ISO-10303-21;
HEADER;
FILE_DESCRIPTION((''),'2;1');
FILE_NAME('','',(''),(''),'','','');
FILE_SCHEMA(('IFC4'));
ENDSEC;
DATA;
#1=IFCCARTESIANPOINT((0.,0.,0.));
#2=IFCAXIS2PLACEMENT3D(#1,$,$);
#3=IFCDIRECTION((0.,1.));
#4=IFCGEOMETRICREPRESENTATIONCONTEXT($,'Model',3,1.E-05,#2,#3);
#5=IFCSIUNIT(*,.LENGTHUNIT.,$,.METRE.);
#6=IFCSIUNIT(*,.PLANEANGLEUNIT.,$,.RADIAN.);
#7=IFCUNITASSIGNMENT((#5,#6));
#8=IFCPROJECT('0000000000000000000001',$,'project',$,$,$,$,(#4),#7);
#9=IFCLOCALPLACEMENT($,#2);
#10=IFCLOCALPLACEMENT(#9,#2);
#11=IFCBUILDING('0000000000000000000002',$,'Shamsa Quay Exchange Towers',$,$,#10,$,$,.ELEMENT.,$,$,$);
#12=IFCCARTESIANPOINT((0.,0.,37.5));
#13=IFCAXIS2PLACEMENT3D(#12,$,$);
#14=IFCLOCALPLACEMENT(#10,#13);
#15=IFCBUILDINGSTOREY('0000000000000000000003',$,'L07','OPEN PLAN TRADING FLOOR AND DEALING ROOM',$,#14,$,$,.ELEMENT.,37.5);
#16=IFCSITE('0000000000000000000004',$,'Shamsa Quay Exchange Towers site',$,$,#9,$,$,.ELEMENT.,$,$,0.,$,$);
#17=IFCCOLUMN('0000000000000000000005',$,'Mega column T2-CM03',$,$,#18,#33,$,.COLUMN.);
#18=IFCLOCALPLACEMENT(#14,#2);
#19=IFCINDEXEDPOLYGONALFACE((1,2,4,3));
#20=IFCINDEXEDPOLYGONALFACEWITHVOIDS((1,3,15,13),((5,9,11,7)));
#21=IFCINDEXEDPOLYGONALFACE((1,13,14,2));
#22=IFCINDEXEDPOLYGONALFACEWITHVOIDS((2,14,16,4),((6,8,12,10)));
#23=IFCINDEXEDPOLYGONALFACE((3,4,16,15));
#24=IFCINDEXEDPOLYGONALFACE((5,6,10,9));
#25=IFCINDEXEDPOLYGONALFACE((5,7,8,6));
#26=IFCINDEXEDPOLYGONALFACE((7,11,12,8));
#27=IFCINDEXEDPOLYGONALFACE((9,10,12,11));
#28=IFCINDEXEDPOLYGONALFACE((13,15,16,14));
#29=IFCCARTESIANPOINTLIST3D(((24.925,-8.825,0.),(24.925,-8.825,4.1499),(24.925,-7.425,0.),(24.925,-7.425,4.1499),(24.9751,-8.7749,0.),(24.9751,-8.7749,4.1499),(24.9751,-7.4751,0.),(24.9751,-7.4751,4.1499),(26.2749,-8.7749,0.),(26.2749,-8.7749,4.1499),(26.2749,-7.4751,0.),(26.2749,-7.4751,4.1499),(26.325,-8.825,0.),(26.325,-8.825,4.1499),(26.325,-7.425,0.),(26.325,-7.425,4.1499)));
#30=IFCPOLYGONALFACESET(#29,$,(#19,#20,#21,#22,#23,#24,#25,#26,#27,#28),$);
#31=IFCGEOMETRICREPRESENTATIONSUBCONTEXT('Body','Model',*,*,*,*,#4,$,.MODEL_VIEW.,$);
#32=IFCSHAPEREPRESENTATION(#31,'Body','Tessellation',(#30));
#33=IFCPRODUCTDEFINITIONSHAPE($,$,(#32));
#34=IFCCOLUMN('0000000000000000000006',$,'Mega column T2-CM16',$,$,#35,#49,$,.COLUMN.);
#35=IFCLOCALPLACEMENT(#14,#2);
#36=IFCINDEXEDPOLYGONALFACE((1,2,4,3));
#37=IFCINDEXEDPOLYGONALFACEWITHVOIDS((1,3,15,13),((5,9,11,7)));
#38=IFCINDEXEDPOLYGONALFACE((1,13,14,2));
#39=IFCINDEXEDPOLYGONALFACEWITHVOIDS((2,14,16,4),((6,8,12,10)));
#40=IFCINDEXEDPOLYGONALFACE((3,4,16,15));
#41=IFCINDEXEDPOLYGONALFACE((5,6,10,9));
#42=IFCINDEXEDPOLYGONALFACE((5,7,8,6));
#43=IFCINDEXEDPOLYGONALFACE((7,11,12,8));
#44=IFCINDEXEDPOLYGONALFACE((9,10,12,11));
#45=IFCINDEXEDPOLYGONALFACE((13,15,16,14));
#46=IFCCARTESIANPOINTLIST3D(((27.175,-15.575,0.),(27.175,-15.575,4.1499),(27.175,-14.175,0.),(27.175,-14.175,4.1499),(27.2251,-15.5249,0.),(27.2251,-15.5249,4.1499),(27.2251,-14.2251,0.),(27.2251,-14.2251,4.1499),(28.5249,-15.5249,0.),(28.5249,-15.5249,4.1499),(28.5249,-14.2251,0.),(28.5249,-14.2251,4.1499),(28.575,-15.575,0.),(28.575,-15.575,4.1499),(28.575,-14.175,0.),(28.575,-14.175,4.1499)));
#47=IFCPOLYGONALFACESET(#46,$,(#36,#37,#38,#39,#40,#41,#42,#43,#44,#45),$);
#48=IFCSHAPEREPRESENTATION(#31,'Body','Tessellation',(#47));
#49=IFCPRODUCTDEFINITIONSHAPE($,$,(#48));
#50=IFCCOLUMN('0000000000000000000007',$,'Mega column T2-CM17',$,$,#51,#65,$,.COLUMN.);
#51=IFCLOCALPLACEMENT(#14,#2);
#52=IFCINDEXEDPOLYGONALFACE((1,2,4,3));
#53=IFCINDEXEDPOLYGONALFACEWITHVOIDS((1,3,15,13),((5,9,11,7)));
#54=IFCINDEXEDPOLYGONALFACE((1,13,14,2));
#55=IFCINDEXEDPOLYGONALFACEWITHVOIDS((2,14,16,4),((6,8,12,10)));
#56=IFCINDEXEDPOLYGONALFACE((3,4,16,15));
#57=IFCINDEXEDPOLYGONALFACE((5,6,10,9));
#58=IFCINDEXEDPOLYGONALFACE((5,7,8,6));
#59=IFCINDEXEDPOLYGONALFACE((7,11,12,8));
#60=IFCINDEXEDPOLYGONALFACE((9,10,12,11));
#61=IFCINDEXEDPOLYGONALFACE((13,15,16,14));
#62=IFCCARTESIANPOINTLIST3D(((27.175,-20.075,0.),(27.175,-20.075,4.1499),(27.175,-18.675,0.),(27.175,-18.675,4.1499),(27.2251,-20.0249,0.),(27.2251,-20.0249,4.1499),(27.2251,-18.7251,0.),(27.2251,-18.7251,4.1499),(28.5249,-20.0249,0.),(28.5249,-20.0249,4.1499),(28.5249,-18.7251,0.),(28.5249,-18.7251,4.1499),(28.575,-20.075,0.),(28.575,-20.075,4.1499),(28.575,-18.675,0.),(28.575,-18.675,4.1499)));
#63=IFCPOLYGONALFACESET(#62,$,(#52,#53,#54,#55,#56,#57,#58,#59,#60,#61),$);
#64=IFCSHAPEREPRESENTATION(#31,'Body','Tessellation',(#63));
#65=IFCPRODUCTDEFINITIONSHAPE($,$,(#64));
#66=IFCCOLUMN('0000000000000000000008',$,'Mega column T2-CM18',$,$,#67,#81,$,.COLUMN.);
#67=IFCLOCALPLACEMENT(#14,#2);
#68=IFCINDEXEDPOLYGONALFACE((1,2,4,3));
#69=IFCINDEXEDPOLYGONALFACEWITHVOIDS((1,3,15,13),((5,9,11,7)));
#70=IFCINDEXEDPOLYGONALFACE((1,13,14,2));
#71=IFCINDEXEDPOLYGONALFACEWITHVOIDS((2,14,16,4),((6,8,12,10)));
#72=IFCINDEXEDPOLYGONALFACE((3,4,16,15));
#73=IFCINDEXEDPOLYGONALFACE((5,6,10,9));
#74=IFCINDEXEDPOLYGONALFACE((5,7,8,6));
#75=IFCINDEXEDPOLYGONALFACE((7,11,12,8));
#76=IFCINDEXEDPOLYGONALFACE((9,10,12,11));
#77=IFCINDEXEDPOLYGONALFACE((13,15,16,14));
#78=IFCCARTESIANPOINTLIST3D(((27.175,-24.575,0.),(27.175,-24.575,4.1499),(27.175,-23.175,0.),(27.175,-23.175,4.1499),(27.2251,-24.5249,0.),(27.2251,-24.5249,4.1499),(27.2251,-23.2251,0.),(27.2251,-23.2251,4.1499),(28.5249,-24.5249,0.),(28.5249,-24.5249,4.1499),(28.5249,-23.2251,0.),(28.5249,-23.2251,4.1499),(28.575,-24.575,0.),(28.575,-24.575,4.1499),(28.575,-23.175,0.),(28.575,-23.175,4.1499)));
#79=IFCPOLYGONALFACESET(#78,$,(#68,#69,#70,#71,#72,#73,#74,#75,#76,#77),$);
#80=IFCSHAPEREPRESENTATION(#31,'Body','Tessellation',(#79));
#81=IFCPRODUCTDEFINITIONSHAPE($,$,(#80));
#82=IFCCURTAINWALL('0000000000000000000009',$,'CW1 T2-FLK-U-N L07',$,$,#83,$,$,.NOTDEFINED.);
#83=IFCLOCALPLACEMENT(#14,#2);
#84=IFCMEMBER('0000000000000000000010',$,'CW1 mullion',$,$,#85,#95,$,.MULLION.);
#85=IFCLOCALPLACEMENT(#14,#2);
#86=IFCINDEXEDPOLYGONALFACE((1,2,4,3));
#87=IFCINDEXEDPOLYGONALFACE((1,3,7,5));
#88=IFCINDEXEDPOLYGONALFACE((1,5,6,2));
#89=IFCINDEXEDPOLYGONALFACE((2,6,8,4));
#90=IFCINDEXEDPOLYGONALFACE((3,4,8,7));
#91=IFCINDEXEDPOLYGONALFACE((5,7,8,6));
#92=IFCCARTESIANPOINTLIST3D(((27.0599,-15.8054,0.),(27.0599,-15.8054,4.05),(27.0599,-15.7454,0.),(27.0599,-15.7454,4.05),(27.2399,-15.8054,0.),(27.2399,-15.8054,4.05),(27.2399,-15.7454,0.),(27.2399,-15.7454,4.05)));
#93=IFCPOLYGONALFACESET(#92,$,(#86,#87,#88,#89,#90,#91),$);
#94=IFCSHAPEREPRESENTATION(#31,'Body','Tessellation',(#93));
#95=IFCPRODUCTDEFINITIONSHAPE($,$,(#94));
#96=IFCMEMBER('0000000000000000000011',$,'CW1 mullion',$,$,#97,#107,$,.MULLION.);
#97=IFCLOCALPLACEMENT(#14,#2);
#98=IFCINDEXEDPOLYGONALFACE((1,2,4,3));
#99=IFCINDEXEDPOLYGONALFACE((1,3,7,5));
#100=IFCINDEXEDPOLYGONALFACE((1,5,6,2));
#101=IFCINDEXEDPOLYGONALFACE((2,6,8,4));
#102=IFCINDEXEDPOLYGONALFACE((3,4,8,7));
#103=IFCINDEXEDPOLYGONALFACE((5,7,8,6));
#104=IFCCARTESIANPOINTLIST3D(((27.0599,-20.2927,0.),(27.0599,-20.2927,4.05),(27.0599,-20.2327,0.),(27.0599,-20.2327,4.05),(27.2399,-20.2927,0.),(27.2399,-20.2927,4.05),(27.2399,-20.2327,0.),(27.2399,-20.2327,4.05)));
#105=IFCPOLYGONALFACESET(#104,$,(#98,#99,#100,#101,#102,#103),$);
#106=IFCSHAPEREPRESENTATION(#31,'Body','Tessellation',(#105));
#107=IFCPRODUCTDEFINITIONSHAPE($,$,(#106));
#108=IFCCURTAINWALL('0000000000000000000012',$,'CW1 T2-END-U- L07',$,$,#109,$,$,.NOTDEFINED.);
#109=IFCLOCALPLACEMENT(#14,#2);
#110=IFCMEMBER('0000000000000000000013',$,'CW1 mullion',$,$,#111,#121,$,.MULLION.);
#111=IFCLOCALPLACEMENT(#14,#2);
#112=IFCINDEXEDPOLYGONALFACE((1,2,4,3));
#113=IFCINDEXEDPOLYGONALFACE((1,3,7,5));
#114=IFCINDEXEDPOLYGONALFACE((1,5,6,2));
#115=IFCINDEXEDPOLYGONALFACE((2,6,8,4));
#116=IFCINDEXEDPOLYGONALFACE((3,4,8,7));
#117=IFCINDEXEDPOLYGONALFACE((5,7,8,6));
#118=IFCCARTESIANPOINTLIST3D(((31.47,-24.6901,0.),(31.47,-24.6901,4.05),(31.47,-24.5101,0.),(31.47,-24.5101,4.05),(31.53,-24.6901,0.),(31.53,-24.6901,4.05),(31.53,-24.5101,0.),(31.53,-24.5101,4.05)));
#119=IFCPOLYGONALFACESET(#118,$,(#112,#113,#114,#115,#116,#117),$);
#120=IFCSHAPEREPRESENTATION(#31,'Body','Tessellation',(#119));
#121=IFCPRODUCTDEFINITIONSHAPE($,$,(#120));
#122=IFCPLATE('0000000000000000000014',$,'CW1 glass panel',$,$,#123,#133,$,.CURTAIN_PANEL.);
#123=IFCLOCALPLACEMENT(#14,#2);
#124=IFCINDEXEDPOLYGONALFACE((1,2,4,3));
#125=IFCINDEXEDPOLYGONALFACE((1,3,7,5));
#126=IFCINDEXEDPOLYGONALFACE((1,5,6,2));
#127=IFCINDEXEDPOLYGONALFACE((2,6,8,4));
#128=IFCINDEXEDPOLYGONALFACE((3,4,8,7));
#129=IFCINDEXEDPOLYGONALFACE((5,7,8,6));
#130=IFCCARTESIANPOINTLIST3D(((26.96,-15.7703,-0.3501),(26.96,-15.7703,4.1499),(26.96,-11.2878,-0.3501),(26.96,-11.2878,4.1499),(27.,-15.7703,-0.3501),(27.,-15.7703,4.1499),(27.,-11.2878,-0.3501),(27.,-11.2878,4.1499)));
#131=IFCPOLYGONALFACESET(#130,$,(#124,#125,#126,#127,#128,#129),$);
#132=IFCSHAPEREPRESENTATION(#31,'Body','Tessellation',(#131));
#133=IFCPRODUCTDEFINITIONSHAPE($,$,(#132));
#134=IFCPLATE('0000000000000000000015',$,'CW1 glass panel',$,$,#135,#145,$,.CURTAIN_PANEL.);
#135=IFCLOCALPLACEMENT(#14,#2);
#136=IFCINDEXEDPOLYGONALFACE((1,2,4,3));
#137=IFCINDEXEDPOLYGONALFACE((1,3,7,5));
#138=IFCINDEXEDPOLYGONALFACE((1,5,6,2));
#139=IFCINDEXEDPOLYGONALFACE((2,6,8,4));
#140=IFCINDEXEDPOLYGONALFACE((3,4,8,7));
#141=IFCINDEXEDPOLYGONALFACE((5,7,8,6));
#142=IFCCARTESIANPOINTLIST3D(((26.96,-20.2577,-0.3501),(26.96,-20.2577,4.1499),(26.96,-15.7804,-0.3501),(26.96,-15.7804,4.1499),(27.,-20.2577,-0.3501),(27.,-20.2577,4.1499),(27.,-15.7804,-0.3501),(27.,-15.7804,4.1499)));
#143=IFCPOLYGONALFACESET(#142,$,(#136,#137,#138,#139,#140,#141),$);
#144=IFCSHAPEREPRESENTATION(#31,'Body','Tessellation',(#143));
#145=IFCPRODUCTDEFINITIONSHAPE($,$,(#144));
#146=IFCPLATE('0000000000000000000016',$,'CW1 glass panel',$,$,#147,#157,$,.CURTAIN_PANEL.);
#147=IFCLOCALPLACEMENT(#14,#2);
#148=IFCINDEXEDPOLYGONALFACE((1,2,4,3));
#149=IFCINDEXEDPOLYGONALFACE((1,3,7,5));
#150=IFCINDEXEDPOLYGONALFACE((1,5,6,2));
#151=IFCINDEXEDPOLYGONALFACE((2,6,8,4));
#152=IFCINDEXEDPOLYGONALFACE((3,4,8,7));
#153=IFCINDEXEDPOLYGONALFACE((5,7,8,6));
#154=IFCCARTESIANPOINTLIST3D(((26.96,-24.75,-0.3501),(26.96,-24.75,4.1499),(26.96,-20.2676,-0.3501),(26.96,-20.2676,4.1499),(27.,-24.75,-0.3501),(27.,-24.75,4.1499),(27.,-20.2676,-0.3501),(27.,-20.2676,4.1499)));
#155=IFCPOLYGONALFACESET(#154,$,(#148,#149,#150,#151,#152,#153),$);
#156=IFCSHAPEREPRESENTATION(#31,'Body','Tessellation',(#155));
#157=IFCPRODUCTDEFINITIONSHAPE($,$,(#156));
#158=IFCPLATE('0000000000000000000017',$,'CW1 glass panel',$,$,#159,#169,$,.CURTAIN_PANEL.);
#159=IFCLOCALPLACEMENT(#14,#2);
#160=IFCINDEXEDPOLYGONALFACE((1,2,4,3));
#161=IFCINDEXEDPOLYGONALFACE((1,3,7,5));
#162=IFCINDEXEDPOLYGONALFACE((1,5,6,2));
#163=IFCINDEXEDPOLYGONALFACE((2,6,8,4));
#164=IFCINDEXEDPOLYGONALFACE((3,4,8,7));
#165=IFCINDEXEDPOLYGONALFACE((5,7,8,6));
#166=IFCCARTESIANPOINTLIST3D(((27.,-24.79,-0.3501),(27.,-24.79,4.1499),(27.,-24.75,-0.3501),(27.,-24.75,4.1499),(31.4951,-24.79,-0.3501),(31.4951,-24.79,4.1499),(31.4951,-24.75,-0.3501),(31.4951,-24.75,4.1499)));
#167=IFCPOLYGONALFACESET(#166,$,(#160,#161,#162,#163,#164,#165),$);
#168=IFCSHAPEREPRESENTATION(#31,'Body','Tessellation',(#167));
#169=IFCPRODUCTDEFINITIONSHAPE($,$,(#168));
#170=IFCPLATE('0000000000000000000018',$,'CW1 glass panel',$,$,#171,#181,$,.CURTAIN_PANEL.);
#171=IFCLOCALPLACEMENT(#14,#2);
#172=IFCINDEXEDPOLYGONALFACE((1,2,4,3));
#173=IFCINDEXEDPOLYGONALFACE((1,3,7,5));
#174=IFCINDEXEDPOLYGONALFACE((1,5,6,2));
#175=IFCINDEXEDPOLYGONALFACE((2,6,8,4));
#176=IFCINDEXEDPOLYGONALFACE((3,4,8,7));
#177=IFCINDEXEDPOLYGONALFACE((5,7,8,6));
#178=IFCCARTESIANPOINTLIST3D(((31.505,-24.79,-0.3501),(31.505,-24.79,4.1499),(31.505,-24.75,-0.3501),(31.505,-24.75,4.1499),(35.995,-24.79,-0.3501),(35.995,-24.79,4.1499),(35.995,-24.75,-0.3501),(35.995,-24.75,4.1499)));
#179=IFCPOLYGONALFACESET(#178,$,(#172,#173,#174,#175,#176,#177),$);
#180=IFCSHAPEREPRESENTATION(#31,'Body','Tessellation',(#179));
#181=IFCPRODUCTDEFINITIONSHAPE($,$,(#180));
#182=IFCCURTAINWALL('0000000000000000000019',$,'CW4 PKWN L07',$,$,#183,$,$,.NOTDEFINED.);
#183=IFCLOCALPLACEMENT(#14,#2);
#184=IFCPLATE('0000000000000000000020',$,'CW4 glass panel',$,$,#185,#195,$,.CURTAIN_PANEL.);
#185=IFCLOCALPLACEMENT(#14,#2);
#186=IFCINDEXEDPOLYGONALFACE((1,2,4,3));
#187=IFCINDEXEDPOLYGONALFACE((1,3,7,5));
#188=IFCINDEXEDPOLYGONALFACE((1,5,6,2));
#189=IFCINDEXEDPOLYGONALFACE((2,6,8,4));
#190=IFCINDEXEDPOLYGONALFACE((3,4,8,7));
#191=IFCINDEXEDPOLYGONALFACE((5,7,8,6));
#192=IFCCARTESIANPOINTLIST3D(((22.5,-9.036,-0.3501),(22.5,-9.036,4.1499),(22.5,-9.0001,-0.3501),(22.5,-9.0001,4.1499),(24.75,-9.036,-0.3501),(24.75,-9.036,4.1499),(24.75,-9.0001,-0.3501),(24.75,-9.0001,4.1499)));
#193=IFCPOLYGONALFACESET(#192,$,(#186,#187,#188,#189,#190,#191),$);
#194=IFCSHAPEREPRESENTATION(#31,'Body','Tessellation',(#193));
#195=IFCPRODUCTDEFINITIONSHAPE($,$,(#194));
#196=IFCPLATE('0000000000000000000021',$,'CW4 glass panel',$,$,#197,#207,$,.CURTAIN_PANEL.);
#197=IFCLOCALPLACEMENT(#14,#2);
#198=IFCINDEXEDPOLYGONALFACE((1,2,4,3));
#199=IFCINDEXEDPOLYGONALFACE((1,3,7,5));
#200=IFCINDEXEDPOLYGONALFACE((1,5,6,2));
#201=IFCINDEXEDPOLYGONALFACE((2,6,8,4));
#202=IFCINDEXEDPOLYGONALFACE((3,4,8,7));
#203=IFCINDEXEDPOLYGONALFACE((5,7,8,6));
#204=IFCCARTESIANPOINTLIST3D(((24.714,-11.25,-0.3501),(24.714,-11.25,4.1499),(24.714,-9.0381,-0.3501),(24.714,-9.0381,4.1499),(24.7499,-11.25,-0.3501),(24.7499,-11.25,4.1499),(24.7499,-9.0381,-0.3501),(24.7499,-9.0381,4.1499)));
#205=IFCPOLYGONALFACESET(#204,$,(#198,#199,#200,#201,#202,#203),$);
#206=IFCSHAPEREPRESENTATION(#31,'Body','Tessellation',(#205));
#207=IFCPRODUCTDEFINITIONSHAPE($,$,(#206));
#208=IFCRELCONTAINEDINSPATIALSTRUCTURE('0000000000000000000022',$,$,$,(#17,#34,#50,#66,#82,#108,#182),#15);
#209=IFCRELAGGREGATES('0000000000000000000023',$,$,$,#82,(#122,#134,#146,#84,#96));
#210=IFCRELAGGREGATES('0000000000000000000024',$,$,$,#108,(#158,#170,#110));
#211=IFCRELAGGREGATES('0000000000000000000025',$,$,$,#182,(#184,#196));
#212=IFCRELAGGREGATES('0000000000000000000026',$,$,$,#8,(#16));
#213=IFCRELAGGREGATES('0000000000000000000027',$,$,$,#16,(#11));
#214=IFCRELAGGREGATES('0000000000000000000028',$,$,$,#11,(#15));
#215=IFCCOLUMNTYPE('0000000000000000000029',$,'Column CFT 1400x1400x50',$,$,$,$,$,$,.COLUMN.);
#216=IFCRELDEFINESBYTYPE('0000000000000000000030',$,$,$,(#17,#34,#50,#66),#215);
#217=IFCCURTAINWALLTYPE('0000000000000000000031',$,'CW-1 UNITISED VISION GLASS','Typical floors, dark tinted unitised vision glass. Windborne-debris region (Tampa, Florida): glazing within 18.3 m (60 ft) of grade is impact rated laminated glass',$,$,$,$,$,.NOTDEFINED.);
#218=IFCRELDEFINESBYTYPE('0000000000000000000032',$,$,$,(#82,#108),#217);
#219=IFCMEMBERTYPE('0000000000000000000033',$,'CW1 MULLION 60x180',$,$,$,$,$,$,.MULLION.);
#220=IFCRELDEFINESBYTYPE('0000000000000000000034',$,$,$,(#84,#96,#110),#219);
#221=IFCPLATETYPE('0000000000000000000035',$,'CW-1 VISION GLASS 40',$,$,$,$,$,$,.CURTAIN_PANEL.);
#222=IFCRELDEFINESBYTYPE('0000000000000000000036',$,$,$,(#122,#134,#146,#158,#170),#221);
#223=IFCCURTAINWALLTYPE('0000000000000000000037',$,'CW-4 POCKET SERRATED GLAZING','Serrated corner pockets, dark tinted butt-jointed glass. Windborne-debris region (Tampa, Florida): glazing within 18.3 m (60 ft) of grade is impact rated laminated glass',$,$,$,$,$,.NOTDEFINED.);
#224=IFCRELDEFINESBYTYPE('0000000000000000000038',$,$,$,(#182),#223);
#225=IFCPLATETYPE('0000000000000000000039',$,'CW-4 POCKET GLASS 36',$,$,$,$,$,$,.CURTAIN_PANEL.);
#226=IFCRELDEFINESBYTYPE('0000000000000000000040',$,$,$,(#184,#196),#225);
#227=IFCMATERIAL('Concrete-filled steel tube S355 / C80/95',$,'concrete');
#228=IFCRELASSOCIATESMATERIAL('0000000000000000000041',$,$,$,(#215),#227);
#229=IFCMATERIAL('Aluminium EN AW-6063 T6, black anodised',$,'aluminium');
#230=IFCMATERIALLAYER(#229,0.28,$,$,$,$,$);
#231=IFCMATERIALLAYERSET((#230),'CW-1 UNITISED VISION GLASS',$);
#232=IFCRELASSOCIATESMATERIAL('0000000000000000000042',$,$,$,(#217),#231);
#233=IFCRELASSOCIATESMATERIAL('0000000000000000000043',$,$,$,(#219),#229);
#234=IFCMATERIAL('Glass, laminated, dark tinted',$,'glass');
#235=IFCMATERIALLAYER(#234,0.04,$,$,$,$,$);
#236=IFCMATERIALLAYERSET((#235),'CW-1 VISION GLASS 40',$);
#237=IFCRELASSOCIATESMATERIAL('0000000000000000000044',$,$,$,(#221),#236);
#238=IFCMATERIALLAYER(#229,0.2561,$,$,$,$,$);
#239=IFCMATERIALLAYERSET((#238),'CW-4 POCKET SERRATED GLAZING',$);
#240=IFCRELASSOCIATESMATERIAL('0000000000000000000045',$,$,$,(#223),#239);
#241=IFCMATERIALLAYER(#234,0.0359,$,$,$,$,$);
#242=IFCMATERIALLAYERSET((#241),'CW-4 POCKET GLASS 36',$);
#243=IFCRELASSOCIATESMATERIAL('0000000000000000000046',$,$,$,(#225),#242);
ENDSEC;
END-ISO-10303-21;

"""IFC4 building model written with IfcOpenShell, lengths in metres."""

from ifc_helpers import new_model, si_unit, direction, frame, origin, origin_2d, place, context, subcontext, project, spatial, rectangle, hollow_rectangle, extrude, material, layer, layer_set, material_profile, profile_set, type_object, element, aggregate, save


model = new_model("IFC4")

# Units and contexts
model_context = context("Model", 3, precision=1e-05, world=origin(), true_north=direction((0.0, 1.0)))
body_context = subcontext(model_context, "Body", "Model", "MODEL_VIEW")
ifc_project = project(units=[si_unit("LENGTHUNIT", "METRE"), si_unit("PLANEANGLEUNIT", "RADIAN")], contexts=[model_context])

# Site, building, storey
site_placement = place(None, origin())
site = spatial("IfcSite", under=ifc_project, at=site_placement, Name="Shamsa Quay Exchange Towers site", CompositionType="ELEMENT", RefElevation=0.0)
building_placement = place(site_placement, origin())
building = spatial("IfcBuilding", under=site, at=building_placement, Name="Shamsa Quay Exchange Towers", CompositionType="ELEMENT")
storey_placement = place(building_placement, frame((0.0, 0.0, 37.5)))
storey = spatial("IfcBuildingStorey", under=building, at=storey_placement, Name="L07", Description="OPEN PLAN TRADING FLOOR AND DEALING ROOM", CompositionType="ELEMENT", Elevation=37.5)

# Columns
ifc_material_1 = material(Name="Concrete-filled steel tube S355 / C80/95", Category="concrete")
ifc_material_profile_1 = material_profile(ifc_material_1, hollow_rectangle(XDim=1.3999, YDim=1.3999, WallThickness=0.05, at=origin_2d()), Name="CFT 1400x1400x50")
ifc_profile_set_1 = profile_set([ifc_material_profile_1], Name="Concrete-filled steel tube S355 / C80/95")
column_type = type_object("IfcColumnType", Name="Column CFT 1400x1400x50", PredefinedType="COLUMN", material=ifc_profile_set_1)
for number, where, name in (
    (1, (25.625, -8.125, 0.0), "Mega column T2-CM03"),
    (2, (27.875, -14.875, 0.0), "Mega column T2-CM16"),
    (3, (27.875, -19.375, 0.0), "Mega column T2-CM17"),
    (4, (27.875, -23.875, 0.0), "Mega column T2-CM18"),
):
    element("IfcColumn", number, at=place(storey_placement, frame(where)), inside=storey, type_object=column_type, Name=name, PredefinedType="COLUMN", context=body_context, shape_type="SweptSolid", body=[
        extrude(hollow_rectangle(XDim=1.3999, YDim=1.3999, WallThickness=0.05, at=origin_2d()), origin(), (0.0, 0.0, 1.0), 4.1499),
    ])

# Curtain wall, members
ifc_material_2 = material(Name="Aluminium EN AW-6063 T6, black anodised", Category="aluminium")
ifc_layer_1 = layer(ifc_material_2, 0.28)
ifc_layer_set_1 = layer_set([ifc_layer_1], Name="CW-1 UNITISED VISION GLASS")
curtain_wall_type_1 = type_object("IfcCurtainWallType", Name="CW-1 UNITISED VISION GLASS", Description="Typical floors, dark tinted unitised vision glass. Windborne-debris region (Tampa, Florida): glazing within 18.3 m (60 ft) of grade is impact rated laminated glass", PredefinedType="NOTDEFINED", material=ifc_layer_set_1)
curtain_wall_1_placement = place(storey_placement, origin())
curtain_wall_1 = element("IfcCurtainWall", 5, at=curtain_wall_1_placement, inside=storey, type_object=curtain_wall_type_1, Name="CW1 T2-FLK-U-N L07", PredefinedType="NOTDEFINED")
ifc_material_profile_2 = material_profile(ifc_material_2, rectangle(XDim=0.1799, YDim=0.0601, at=origin_2d()), Name="MU60x180")
ifc_profile_set_2 = profile_set([ifc_material_profile_2], Name="Aluminium EN AW-6063 T6, black anodised")
member_type = type_object("IfcMemberType", Name="CW1 MULLION 60x180", PredefinedType="MULLION", material=ifc_profile_set_2)
member_1_placement = place(storey_placement, frame((27.1499, -15.7754, 0.0)))
member_1 = element("IfcMember", 6, at=member_1_placement, type_object=member_type, Name="CW1 mullion", PredefinedType="MULLION", context=body_context, shape_type="SweptSolid", body=[
    extrude(rectangle(XDim=0.1799, YDim=0.0601, at=origin_2d()), origin(), (0.0, 0.0, 1.0), 4.05),
])
member_2_placement = place(storey_placement, frame((27.1499, -20.2627, 0.0)))
member_2 = element("IfcMember", 7, at=member_2_placement, type_object=member_type, Name="CW1 mullion", PredefinedType="MULLION", context=body_context, shape_type="SweptSolid", body=[
    extrude(rectangle(XDim=0.1799, YDim=0.0601, at=origin_2d()), origin(), (0.0, 0.0, 1.0), 4.05),
])

# Curtain wall, member
curtain_wall_2_placement = place(storey_placement, origin())
curtain_wall_2 = element("IfcCurtainWall", 8, at=curtain_wall_2_placement, inside=storey, type_object=curtain_wall_type_1, Name="CW1 T2-END-U- L07", PredefinedType="NOTDEFINED")
member_3_placement = place(storey_placement, frame((31.5, -24.6001, 0.0), z_axis=(0.0, 0.0, 1.0), x_axis=(0.0, 1.0, 0.0)))
member_3 = element("IfcMember", 9, at=member_3_placement, type_object=member_type, Name="CW1 mullion", PredefinedType="MULLION", context=body_context, shape_type="SweptSolid", body=[
    extrude(rectangle(XDim=0.1799, YDim=0.0601, at=origin_2d()), origin(), (0.0, 0.0, 1.0), 4.05),
])

# Plates
ifc_material_3 = material(Name="Glass, laminated, dark tinted", Category="glass")
ifc_layer_2 = layer(ifc_material_3, 0.04)
ifc_layer_set_2 = layer_set([ifc_layer_2], Name="CW-1 VISION GLASS 40")
plate_type_1 = type_object("IfcPlateType", Name="CW-1 VISION GLASS 40", PredefinedType="CURTAIN_PANEL", material=ifc_layer_set_2)
plate_1_placement = place(storey_placement, frame((26.98, -13.5291, -0.3501), z_axis=(0.0, 0.0, 1.0), x_axis=(0.0, -1.0, 0.0)))
plate_1 = element("IfcPlate", 10, at=plate_1_placement, type_object=plate_type_1, Name="CW1 glass panel", PredefinedType="CURTAIN_PANEL", context=body_context, shape_type="SweptSolid", body=[
    extrude(rectangle(XDim=4.4824, YDim=0.04, at=origin_2d()), origin(), (0.0, 0.0, 1.0), 4.5),
])
plate_2_placement = place(storey_placement, frame((26.98, -18.019, -0.3501), z_axis=(0.0, 0.0, 1.0), x_axis=(0.0, -1.0, 0.0)))
plate_2 = element("IfcPlate", 11, at=plate_2_placement, type_object=plate_type_1, Name="CW1 glass panel", PredefinedType="CURTAIN_PANEL", context=body_context, shape_type="SweptSolid", body=[
    extrude(rectangle(XDim=4.4773, YDim=0.04, at=origin_2d()), origin(), (0.0, 0.0, 1.0), 4.5),
])
plate_3_placement = place(storey_placement, frame((26.98, -22.5088, -0.3501), z_axis=(0.0, 0.0, 1.0), x_axis=(0.0, -1.0, 0.0)))
plate_3 = element("IfcPlate", 12, at=plate_3_placement, type_object=plate_type_1, Name="CW1 glass panel", PredefinedType="CURTAIN_PANEL", context=body_context, shape_type="SweptSolid", body=[
    extrude(rectangle(XDim=4.4824, YDim=0.04, at=origin_2d()), origin(), (0.0, 0.0, 1.0), 4.5),
])
aggregate(curtain_wall_1, [plate_1, plate_2, plate_3, member_1, member_2])
plate_4_placement = place(storey_placement, frame((29.2476, -24.77, -0.3501)))
plate_4 = element("IfcPlate", 13, at=plate_4_placement, type_object=plate_type_1, Name="CW1 glass panel", PredefinedType="CURTAIN_PANEL", context=body_context, shape_type="SweptSolid", body=[
    extrude(rectangle(XDim=4.4951, YDim=0.04, at=origin_2d()), origin(), (0.0, 0.0, 1.0), 4.5),
])
plate_5_placement = place(storey_placement, frame((33.75, -24.77, -0.3501)))
plate_5 = element("IfcPlate", 14, at=plate_5_placement, type_object=plate_type_1, Name="CW1 glass panel", PredefinedType="CURTAIN_PANEL", context=body_context, shape_type="SweptSolid", body=[
    extrude(rectangle(XDim=4.49, YDim=0.04, at=origin_2d()), origin(), (0.0, 0.0, 1.0), 4.5),
])
aggregate(curtain_wall_2, [plate_4, plate_5, member_3])

# Curtain wall, plates
ifc_layer_3 = layer(ifc_material_2, 0.2561)
ifc_layer_set_3 = layer_set([ifc_layer_3], Name="CW-4 POCKET SERRATED GLAZING")
curtain_wall_type_2 = type_object("IfcCurtainWallType", Name="CW-4 POCKET SERRATED GLAZING", Description="Serrated corner pockets, dark tinted butt-jointed glass. Windborne-debris region (Tampa, Florida): glazing within 18.3 m (60 ft) of grade is impact rated laminated glass", PredefinedType="NOTDEFINED", material=ifc_layer_set_3)
curtain_wall_3_placement = place(storey_placement, origin())
curtain_wall_3 = element("IfcCurtainWall", 15, at=curtain_wall_3_placement, inside=storey, type_object=curtain_wall_type_2, Name="CW4 PKWN L07", PredefinedType="NOTDEFINED")
ifc_layer_4 = layer(ifc_material_3, 0.0359)
ifc_layer_set_4 = layer_set([ifc_layer_4], Name="CW-4 POCKET GLASS 36")
plate_type_2 = type_object("IfcPlateType", Name="CW-4 POCKET GLASS 36", PredefinedType="CURTAIN_PANEL", material=ifc_layer_set_4)
plate_6_placement = place(storey_placement, frame((23.625, -9.0181, -0.3501)))
plate_6 = element("IfcPlate", 16, at=plate_6_placement, type_object=plate_type_2, Name="CW4 glass panel", PredefinedType="CURTAIN_PANEL", context=body_context, shape_type="SweptSolid", body=[
    extrude(rectangle(XDim=2.25, YDim=0.0359, at=origin_2d()), origin(), (0.0, 0.0, 1.0), 4.5),
])
plate_7_placement = place(storey_placement, frame((24.7319, -10.144, -0.3501), z_axis=(0.0, 0.0, 1.0), x_axis=(0.0, -1.0, 0.0)))
plate_7 = element("IfcPlate", 17, at=plate_7_placement, type_object=plate_type_2, Name="CW4 glass panel", PredefinedType="CURTAIN_PANEL", context=body_context, shape_type="SweptSolid", body=[
    extrude(rectangle(XDim=2.2119, YDim=0.0359, at=origin_2d()), origin(), (0.0, 0.0, 1.0), 4.5),
])
aggregate(curtain_wall_3, [plate_6, plate_7])

save(model, "model.ifc")
